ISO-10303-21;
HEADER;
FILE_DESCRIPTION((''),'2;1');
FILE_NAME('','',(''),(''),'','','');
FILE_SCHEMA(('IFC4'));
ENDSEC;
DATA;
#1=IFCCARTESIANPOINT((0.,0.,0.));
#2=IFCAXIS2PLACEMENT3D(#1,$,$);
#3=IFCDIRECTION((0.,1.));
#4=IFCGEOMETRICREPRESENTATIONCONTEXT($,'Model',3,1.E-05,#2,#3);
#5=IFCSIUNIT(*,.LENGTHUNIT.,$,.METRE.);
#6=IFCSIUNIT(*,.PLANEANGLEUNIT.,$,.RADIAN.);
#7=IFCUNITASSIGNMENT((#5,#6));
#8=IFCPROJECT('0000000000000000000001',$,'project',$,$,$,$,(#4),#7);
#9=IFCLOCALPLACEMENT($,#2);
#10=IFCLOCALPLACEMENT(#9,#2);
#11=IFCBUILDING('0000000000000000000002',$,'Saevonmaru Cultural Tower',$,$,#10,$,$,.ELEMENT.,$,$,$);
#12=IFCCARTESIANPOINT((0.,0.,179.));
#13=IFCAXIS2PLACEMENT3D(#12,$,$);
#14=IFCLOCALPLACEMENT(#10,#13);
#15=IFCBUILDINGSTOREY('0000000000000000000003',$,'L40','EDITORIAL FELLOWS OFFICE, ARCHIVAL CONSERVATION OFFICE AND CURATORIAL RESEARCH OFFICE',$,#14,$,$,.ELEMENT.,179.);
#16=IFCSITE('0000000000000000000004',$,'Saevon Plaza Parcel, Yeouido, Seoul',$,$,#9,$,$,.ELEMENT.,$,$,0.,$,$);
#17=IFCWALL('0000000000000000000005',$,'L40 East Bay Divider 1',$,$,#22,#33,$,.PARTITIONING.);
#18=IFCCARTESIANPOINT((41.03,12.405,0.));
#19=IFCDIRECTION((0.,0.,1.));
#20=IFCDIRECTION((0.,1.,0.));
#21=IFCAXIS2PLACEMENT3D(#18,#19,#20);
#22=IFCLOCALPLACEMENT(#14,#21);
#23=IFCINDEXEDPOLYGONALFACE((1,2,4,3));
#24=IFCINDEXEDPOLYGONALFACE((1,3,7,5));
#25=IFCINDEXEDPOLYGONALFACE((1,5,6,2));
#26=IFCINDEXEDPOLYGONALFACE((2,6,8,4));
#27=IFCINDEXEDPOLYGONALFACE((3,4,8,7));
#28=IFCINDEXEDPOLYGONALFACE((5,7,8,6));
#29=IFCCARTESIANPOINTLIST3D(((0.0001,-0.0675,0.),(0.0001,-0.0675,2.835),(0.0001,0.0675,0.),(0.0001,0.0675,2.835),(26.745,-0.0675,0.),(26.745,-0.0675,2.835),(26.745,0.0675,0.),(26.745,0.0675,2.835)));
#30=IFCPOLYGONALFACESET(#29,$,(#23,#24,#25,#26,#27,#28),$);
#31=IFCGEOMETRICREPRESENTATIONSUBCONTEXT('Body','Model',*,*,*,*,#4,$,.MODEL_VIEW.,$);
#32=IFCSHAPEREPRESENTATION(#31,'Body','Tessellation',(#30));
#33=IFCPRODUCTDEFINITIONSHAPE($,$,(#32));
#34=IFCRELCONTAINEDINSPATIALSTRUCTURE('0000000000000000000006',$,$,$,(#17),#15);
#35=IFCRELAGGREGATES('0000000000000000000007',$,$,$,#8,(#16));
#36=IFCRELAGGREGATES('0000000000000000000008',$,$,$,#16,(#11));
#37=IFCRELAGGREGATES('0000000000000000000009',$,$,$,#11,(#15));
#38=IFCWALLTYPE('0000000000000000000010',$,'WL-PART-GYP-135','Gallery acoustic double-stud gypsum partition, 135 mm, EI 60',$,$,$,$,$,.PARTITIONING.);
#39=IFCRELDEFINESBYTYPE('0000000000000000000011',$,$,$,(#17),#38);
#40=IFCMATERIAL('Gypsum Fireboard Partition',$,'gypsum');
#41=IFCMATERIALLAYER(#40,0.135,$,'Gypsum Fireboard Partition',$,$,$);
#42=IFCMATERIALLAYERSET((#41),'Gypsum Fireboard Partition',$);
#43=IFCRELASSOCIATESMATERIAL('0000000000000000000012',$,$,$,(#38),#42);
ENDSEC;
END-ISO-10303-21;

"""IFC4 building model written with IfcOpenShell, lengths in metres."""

from ifc_helpers import new_model, si_unit, direction, frame, frame_2d, origin, place, context, subcontext, project, spatial, rectangle, extrude, material, layer, layer_set, type_object, element, save


model = new_model("IFC4")

# Units and contexts
model_context = context("Model", 3, precision=1e-05, world=origin(), true_north=direction((0.0, 1.0)))
body_context = subcontext(model_context, "Body", "Model", "MODEL_VIEW")
ifc_project = project(units=[si_unit("LENGTHUNIT", "METRE"), si_unit("PLANEANGLEUNIT", "RADIAN")], contexts=[model_context])

# Site, building, storey
site_placement = place(None, origin())
site = spatial("IfcSite", under=ifc_project, at=site_placement, Name="Saevon Plaza Parcel, Yeouido, Seoul", CompositionType="ELEMENT", RefElevation=0.0)
building_placement = place(site_placement, origin())
building = spatial("IfcBuilding", under=site, at=building_placement, Name="Saevonmaru Cultural Tower", CompositionType="ELEMENT")
storey_placement = place(building_placement, frame((0.0, 0.0, 179.0)))
storey = spatial("IfcBuildingStorey", under=building, at=storey_placement, Name="L40", Description="EDITORIAL FELLOWS OFFICE, ARCHIVAL CONSERVATION OFFICE AND CURATORIAL RESEARCH OFFICE", CompositionType="ELEMENT", Elevation=179.0)

# Wall
ifc_material_1 = material(Name="Gypsum Fireboard Partition", Category="gypsum")
ifc_layer_1 = layer(ifc_material_1, 0.135, Name="Gypsum Fireboard Partition")
ifc_layer_set_1 = layer_set([ifc_layer_1], Name="Gypsum Fireboard Partition")
wall_type_1 = type_object("IfcWallType", Name="WL-PART-GYP-135", Description="Gallery acoustic double-stud gypsum partition, 135 mm, EI 60", PredefinedType="PARTITIONING", material=ifc_layer_set_1)
wall_1_placement = place(storey_placement, frame((41.03, 12.405, 0.0), z_axis=(0.0, 0.0, 1.0), x_axis=(0.0, 1.0, 0.0)))
element("IfcWall", 1, at=wall_1_placement, inside=storey, type_object=wall_type_1, Name="L40 East Bay Divider 1", PredefinedType="PARTITIONING", context=body_context, shape_type="SweptSolid", body=[
    extrude(rectangle(XDim=26.7449, YDim=0.135, at=frame_2d((13.3726, 0.0))), origin(), (0.0, 0.0, 1.0), 2.835),
])

save(model, "model.ifc")
